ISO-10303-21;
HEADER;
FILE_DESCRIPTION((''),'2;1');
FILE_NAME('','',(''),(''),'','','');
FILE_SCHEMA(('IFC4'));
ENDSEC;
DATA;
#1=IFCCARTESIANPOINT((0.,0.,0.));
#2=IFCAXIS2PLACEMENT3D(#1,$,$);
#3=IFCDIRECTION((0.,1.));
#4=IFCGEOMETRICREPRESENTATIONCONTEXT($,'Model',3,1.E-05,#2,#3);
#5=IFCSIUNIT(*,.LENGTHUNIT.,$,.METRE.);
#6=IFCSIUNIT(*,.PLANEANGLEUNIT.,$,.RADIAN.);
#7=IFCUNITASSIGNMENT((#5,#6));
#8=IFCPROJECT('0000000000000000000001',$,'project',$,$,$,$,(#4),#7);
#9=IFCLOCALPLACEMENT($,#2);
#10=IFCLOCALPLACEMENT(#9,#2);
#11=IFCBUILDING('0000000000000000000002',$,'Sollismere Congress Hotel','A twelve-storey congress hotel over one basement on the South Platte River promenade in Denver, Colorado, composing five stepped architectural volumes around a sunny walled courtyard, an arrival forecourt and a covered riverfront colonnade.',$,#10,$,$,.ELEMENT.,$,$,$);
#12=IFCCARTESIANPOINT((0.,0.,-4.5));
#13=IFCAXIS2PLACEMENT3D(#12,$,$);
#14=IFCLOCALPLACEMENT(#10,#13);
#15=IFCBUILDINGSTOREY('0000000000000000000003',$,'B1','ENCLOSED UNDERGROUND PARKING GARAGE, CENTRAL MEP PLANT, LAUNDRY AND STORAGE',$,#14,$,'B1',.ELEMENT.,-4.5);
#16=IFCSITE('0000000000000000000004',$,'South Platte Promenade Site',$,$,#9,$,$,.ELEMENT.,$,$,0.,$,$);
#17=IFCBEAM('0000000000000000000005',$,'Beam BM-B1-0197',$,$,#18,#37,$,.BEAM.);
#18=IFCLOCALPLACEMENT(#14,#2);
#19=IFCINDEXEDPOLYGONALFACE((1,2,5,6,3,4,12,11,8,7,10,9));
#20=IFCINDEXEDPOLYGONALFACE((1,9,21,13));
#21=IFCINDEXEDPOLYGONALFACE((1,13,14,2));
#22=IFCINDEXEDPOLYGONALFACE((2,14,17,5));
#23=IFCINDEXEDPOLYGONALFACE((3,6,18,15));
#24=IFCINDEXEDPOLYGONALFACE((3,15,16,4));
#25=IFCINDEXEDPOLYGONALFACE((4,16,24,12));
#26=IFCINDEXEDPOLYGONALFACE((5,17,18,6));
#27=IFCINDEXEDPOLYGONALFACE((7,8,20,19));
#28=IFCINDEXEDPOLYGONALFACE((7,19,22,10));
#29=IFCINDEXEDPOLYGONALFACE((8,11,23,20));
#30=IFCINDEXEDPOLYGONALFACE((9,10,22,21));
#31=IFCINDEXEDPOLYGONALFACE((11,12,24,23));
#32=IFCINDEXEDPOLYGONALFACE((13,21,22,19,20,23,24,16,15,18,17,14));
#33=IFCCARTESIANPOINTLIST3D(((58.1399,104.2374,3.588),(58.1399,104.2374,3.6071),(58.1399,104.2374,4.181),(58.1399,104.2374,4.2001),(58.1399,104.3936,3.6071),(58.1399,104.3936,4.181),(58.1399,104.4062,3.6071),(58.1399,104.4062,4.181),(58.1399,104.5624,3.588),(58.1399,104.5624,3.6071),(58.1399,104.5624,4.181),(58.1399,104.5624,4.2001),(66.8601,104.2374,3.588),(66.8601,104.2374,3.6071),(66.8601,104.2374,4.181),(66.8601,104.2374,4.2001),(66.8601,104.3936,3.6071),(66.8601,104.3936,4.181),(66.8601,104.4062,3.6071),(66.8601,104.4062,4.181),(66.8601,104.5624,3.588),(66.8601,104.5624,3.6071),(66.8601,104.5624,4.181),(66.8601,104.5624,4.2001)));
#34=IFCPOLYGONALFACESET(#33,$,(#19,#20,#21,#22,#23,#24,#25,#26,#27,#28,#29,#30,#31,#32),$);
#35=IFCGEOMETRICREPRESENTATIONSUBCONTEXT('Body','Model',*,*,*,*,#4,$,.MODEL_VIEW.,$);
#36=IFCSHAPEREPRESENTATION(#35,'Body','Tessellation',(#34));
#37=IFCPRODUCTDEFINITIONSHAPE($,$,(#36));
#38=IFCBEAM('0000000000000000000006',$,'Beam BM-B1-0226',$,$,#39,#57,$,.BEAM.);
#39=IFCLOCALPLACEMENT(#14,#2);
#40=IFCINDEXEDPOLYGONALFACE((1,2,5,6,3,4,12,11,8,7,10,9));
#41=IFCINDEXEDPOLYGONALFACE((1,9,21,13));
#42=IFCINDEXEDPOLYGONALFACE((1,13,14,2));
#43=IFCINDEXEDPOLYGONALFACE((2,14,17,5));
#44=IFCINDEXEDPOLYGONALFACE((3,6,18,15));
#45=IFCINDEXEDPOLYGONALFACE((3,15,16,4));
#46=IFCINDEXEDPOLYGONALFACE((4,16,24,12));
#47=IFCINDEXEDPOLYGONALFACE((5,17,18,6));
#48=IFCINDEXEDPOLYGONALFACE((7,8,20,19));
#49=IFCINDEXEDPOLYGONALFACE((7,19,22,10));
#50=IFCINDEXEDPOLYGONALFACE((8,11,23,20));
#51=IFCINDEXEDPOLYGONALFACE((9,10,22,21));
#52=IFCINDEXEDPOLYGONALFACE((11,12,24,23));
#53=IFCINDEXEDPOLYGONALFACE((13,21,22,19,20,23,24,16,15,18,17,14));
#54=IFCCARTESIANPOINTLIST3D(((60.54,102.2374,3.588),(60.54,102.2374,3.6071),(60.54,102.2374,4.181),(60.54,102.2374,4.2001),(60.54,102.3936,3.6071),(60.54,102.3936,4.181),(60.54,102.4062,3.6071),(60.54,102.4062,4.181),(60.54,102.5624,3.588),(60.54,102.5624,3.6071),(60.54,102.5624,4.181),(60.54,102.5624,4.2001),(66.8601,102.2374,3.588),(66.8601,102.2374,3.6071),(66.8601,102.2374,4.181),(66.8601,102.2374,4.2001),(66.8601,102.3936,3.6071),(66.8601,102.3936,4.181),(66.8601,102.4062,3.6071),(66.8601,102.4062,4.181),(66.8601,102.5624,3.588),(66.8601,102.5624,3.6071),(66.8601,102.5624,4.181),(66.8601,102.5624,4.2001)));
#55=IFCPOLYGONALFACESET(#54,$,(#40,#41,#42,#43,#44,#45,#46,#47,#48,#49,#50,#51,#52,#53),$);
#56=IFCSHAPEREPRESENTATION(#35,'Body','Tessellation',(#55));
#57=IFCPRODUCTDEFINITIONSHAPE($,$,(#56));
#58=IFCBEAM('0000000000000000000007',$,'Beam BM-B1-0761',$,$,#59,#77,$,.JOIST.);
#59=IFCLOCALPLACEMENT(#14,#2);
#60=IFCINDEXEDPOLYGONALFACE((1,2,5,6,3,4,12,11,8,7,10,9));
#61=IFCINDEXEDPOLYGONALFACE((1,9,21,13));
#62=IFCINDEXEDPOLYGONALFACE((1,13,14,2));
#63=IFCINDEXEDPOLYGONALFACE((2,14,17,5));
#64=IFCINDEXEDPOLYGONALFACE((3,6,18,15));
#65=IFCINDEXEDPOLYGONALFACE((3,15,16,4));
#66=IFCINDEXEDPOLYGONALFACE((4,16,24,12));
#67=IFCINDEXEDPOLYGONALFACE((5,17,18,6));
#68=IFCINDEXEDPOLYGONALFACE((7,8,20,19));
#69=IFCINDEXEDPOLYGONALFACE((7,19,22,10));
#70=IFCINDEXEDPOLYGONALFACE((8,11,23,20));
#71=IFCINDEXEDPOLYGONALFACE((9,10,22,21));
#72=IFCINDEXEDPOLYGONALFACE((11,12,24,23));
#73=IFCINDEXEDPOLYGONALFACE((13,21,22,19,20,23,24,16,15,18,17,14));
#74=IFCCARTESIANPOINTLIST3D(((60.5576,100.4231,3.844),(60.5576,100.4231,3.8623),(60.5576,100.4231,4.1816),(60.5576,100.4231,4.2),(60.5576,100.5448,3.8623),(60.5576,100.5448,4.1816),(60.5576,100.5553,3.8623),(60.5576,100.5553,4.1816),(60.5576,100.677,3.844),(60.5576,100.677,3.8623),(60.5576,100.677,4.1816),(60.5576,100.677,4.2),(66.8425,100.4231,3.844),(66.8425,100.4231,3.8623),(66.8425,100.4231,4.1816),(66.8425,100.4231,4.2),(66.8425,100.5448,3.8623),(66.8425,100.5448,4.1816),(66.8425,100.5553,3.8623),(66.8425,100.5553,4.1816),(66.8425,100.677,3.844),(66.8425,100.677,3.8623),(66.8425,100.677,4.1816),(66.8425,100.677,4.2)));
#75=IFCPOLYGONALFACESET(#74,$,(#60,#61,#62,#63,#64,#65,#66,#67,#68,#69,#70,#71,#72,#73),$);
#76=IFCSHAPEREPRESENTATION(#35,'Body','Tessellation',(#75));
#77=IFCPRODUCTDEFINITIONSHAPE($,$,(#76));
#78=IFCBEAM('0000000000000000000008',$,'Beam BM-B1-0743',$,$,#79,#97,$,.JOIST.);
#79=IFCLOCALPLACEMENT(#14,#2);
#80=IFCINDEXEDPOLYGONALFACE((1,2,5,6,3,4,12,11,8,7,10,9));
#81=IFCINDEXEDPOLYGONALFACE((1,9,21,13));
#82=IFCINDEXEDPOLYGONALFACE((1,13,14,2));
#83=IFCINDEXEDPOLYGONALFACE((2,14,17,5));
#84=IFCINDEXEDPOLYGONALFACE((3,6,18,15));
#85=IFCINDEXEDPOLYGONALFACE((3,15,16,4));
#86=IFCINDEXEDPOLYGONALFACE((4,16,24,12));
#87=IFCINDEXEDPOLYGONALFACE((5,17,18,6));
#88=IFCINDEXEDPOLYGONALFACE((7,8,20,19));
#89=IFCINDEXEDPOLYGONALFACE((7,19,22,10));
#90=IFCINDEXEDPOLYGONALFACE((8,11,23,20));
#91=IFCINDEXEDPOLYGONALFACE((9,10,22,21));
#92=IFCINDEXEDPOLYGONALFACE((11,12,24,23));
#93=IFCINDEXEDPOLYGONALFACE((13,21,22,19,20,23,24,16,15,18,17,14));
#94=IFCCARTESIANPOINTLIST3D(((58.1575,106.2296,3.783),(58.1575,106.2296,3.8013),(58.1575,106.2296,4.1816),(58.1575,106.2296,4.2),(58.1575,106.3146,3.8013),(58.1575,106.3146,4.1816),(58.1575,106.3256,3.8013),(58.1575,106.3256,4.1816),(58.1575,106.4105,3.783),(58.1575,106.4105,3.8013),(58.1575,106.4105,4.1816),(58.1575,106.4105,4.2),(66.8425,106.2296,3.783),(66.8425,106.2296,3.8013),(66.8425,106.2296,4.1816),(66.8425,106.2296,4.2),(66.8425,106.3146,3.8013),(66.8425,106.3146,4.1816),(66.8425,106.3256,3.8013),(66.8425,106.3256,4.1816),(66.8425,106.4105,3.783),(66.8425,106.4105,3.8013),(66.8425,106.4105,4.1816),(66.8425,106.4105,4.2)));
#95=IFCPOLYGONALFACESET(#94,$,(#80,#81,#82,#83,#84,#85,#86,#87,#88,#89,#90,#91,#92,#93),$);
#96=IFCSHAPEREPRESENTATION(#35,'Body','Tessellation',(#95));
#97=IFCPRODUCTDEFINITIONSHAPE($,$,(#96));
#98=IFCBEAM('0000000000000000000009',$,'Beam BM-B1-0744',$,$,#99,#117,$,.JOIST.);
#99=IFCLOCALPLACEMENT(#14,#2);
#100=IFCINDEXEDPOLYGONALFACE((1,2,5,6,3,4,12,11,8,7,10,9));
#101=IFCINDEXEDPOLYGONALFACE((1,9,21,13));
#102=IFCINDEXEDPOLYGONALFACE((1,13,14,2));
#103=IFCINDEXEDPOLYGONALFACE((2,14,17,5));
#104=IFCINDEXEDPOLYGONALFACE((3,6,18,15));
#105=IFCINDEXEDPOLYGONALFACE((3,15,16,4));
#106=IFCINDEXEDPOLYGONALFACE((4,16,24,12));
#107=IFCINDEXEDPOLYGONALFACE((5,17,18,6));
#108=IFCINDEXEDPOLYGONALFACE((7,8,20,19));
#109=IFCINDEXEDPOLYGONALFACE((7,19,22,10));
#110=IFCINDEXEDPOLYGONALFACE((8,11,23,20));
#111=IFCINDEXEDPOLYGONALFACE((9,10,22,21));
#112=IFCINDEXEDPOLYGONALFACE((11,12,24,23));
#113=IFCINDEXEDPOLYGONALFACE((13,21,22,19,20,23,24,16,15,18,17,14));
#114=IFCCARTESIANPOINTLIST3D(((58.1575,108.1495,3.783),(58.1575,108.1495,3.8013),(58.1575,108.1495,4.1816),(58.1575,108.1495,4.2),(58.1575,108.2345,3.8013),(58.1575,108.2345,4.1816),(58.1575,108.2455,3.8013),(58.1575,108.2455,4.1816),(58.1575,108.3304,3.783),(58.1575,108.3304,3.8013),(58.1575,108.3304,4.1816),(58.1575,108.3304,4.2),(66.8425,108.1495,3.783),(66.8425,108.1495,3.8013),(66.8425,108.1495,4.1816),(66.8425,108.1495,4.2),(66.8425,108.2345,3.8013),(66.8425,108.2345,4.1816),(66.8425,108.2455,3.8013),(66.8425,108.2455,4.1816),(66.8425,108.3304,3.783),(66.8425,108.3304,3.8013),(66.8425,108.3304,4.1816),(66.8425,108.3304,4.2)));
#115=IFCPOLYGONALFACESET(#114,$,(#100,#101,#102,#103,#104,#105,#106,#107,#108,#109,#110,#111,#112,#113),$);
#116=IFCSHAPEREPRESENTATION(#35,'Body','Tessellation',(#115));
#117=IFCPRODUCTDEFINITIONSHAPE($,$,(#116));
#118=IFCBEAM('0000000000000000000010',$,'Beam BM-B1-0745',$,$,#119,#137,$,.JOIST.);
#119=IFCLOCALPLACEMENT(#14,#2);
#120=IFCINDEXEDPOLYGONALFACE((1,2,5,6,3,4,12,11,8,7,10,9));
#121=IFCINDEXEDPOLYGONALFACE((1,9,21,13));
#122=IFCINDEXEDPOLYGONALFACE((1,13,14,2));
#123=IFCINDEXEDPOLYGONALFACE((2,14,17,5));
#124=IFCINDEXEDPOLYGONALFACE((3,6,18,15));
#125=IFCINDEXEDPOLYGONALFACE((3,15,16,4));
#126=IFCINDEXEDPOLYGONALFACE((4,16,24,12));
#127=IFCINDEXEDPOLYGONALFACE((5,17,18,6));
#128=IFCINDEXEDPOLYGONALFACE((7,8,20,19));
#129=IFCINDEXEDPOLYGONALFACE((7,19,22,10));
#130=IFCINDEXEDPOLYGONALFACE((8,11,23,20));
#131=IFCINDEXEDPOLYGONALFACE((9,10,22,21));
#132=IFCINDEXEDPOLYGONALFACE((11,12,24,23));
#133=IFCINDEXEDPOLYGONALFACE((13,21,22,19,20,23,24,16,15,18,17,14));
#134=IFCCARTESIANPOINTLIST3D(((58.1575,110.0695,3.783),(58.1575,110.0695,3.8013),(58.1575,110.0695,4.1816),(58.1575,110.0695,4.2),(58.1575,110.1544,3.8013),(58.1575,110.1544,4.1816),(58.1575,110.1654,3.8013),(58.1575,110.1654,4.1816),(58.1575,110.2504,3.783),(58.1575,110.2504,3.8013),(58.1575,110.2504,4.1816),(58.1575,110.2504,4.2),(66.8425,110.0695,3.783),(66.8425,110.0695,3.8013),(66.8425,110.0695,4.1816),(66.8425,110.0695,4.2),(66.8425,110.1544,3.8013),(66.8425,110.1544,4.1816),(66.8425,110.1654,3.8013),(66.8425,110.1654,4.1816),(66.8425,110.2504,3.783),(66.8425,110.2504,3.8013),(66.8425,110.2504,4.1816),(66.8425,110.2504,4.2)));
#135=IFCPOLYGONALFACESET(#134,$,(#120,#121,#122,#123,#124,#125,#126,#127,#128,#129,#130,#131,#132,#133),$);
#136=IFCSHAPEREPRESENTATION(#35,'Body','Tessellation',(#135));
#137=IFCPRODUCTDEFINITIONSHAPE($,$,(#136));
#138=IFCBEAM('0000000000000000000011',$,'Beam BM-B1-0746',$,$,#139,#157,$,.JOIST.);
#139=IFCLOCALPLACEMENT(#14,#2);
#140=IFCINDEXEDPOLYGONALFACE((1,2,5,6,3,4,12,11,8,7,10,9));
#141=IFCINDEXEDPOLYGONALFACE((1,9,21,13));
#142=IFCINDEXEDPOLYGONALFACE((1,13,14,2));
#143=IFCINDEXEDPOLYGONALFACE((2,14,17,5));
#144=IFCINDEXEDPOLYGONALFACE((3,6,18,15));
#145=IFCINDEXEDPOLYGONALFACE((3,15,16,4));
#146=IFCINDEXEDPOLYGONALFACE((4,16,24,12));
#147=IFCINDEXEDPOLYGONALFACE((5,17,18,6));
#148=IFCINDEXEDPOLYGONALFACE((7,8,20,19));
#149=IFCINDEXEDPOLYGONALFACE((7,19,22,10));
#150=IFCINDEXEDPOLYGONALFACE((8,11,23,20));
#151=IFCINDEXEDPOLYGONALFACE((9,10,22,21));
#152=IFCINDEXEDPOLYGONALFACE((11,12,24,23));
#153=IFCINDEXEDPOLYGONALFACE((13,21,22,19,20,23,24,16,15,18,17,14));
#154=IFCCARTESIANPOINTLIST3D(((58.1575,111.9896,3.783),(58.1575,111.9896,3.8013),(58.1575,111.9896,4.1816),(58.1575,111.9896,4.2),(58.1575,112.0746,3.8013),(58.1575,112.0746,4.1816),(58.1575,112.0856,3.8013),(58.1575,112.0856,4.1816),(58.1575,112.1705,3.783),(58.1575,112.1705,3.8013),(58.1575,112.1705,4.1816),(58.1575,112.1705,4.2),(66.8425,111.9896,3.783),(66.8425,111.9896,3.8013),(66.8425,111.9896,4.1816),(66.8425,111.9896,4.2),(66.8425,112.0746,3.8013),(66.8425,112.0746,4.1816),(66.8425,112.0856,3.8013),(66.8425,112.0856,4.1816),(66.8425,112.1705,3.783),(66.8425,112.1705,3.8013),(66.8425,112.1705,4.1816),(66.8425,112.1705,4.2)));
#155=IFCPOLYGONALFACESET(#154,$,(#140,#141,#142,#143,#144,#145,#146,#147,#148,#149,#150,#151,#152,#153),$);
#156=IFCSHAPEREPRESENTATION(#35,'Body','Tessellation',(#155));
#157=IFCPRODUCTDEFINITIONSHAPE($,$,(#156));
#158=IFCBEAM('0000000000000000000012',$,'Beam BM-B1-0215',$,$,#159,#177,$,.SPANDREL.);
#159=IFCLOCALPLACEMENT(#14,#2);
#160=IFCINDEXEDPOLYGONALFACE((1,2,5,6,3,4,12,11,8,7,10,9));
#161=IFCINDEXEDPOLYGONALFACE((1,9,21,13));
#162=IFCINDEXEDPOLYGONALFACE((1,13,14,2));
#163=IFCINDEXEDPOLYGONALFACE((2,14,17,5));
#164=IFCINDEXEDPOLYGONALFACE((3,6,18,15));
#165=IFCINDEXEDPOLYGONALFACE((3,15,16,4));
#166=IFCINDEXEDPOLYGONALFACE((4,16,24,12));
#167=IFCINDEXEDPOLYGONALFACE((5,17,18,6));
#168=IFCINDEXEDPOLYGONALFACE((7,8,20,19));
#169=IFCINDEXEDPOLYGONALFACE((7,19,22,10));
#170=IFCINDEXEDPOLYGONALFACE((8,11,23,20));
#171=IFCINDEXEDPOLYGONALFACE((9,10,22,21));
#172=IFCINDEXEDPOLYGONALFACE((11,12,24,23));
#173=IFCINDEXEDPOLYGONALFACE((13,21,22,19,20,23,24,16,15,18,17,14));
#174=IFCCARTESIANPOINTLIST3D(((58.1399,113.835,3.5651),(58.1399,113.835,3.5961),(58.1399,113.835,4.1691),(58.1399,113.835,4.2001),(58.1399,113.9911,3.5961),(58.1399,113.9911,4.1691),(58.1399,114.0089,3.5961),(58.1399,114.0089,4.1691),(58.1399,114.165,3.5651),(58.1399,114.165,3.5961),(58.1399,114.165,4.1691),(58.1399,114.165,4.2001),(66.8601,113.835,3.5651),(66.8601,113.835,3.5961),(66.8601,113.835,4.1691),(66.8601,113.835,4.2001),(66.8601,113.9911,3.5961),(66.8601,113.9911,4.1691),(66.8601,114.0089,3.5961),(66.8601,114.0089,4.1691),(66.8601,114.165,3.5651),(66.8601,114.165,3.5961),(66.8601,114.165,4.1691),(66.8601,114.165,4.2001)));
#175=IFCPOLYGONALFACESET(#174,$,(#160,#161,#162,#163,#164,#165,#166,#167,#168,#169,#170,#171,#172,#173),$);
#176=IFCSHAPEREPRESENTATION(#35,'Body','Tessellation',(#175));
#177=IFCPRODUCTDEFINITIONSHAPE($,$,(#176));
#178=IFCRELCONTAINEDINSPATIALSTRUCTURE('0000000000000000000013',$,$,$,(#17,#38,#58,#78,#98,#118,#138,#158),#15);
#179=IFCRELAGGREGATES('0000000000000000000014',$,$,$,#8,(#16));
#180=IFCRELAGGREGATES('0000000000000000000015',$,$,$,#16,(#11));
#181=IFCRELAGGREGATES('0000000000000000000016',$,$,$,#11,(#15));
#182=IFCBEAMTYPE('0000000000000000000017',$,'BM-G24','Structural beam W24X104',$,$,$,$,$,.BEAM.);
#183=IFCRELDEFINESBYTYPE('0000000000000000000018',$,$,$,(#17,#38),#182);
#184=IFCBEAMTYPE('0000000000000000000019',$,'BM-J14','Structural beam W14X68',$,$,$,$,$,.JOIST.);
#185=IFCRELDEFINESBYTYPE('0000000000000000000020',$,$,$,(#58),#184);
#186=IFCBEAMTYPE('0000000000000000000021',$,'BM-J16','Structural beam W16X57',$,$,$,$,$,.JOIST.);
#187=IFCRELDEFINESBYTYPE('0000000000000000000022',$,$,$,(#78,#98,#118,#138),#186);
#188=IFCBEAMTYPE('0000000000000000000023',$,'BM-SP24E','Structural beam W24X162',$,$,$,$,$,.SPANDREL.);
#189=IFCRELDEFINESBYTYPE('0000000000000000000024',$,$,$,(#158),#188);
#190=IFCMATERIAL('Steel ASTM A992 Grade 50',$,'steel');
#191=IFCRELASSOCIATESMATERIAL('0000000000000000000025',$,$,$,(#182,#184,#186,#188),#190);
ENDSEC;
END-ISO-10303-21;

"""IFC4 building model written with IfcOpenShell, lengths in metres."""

from ifc_helpers import new_model, si_unit, direction, frame, origin, origin_2d, place, context, subcontext, project, spatial, i_section, extrude, material, material_profile, profile_set, type_object, element, save


model = new_model("IFC4")

# Units and contexts
model_context = context("Model", 3, precision=1e-05, world=origin(), true_north=direction((0.0, 1.0)))
body_context = subcontext(model_context, "Body", "Model", "MODEL_VIEW")
ifc_project = project(units=[si_unit("LENGTHUNIT", "METRE"), si_unit("PLANEANGLEUNIT", "RADIAN")], contexts=[model_context])

# Site, building, storey
site_placement = place(None, origin())
site = spatial("IfcSite", under=ifc_project, at=site_placement, Name="South Platte Promenade Site", CompositionType="ELEMENT", RefElevation=0.0)
building_placement = place(site_placement, origin())
building = spatial("IfcBuilding", under=site, at=building_placement, Name="Sollismere Congress Hotel", Description="A twelve-storey congress hotel over one basement on the South Platte River promenade in Denver, Colorado, composing five stepped architectural volumes around a sunny walled courtyard, an arrival forecourt and a covered riverfront colonnade.", CompositionType="ELEMENT")
storey_placement = place(building_placement, frame((0.0, 0.0, -4.5)))
storey = spatial("IfcBuildingStorey", under=building, at=storey_placement, Name="B1", Description="ENCLOSED UNDERGROUND PARKING GARAGE, CENTRAL MEP PLANT, LAUNDRY AND STORAGE", LongName="B1", CompositionType="ELEMENT", Elevation=-4.5)

# Beams
ifc_material_1 = material(Name="Steel ASTM A992 Grade 50", Category="steel")
ifc_material_profile_1 = material_profile(ifc_material_1, i_section(OverallWidth=0.325, OverallDepth=0.6121, WebThickness=0.0127, FlangeThickness=0.019, at=origin_2d()), Name="W24X104")
ifc_profile_set_1 = profile_set([ifc_material_profile_1], Name="Steel ASTM A992 Grade 50")
beam_type_1 = type_object("IfcBeamType", Name="BM-G24", Description="Structural beam W24X104", PredefinedType="BEAM", material=ifc_profile_set_1)
beam_1_placement = place(storey_placement, frame((58.1399, 104.3999, 3.894), z_axis=(1.0, 0.0, 0.0), x_axis=(0.0, 1.0, 0.0)))
element("IfcBeam", 1, at=beam_1_placement, inside=storey, type_object=beam_type_1, Name="Beam BM-B1-0197", PredefinedType="BEAM", context=body_context, shape_type="SweptSolid", body=[
    extrude(i_section(OverallWidth=0.325, OverallDepth=0.6121, WebThickness=0.0127, FlangeThickness=0.019, at=origin_2d()), origin(), (0.0, 0.0, 1.0), 8.7202),
])
beam_2_placement = place(storey_placement, frame((60.54, 102.3999, 3.894), z_axis=(1.0, 0.0, 0.0), x_axis=(0.0, 1.0, 0.0)))
element("IfcBeam", 2, at=beam_2_placement, inside=storey, type_object=beam_type_1, Name="Beam BM-B1-0226", PredefinedType="BEAM", context=body_context, shape_type="SweptSolid", body=[
    extrude(i_section(OverallWidth=0.325, OverallDepth=0.6121, WebThickness=0.0127, FlangeThickness=0.019, at=origin_2d()), origin(), (0.0, 0.0, 1.0), 6.3201),
])
ifc_material_profile_2 = material_profile(ifc_material_1, i_section(OverallWidth=0.2539, OverallDepth=0.356, WebThickness=0.0105, FlangeThickness=0.0183, at=origin_2d()), Name="W14X68")
ifc_profile_set_2 = profile_set([ifc_material_profile_2], Name="Steel ASTM A992 Grade 50")
beam_type_2 = type_object("IfcBeamType", Name="BM-J14", Description="Structural beam W14X68", PredefinedType="JOIST", material=ifc_profile_set_2)
beam_3_placement = place(storey_placement, frame((60.5576, 100.55, 4.022), z_axis=(1.0, 0.0, 0.0), x_axis=(0.0, 1.0, 0.0)))
element("IfcBeam", 3, at=beam_3_placement, inside=storey, type_object=beam_type_2, Name="Beam BM-B1-0761", PredefinedType="JOIST", context=body_context, shape_type="SweptSolid", body=[
    extrude(i_section(OverallWidth=0.2539, OverallDepth=0.356, WebThickness=0.0105, FlangeThickness=0.0183, at=origin_2d()), origin(), (0.0, 0.0, 1.0), 6.2849),
])
ifc_material_profile_3 = material_profile(ifc_material_1, i_section(OverallWidth=0.1809, OverallDepth=0.417, WebThickness=0.011, FlangeThickness=0.0183, at=origin_2d()), Name="W16X57")
ifc_profile_set_3 = profile_set([ifc_material_profile_3], Name="Steel ASTM A992 Grade 50")
beam_type_3 = type_object("IfcBeamType", Name="BM-J16", Description="Structural beam W16X57", PredefinedType="JOIST", material=ifc_profile_set_3)
for number, where, z_axis, x_axis, name in (
    (4, (58.1575, 106.3201, 3.9915), (1.0, 0.0, 0.0), (0.0, 1.0, 0.0), "Beam BM-B1-0743"),
    (5, (58.1575, 108.24, 3.9915), (1.0, 0.0, 0.0), (0.0, 1.0, 0.0), "Beam BM-B1-0744"),
    (6, (58.1575, 110.1599, 3.9915), (1.0, 0.0, 0.0), (0.0, 1.0, 0.0), "Beam BM-B1-0745"),
    (7, (58.1575, 112.0801, 3.9915), (1.0, 0.0, 0.0), (0.0, 1.0, 0.0), "Beam BM-B1-0746"),
):
    element("IfcBeam", number, at=place(storey_placement, frame(where, z_axis=z_axis, x_axis=x_axis)), inside=storey, type_object=beam_type_3, Name=name, PredefinedType="JOIST", context=body_context, shape_type="SweptSolid", body=[
        extrude(i_section(OverallWidth=0.1809, OverallDepth=0.417, WebThickness=0.011, FlangeThickness=0.0183, at=origin_2d()), origin(), (0.0, 0.0, 1.0), 8.6851),
    ])
ifc_material_profile_4 = material_profile(ifc_material_1, i_section(OverallWidth=0.3301, OverallDepth=0.635, WebThickness=0.0178, FlangeThickness=0.031, at=origin_2d()), Name="W24X162")
ifc_profile_set_4 = profile_set([ifc_material_profile_4], Name="Steel ASTM A992 Grade 50")
beam_type_4 = type_object("IfcBeamType", Name="BM-SP24E", Description="Structural beam W24X162", PredefinedType="SPANDREL", material=ifc_profile_set_4)
beam_4_placement = place(storey_placement, frame((58.1399, 114.0, 3.8826), z_axis=(1.0, 0.0, 0.0), x_axis=(0.0, 1.0, 0.0)))
element("IfcBeam", 8, at=beam_4_placement, inside=storey, type_object=beam_type_4, Name="Beam BM-B1-0215", PredefinedType="SPANDREL", context=body_context, shape_type="SweptSolid", body=[
    extrude(i_section(OverallWidth=0.3301, OverallDepth=0.635, WebThickness=0.0178, FlangeThickness=0.031, at=origin_2d()), origin(), (0.0, 0.0, 1.0), 8.7202),
])

save(model, "model.ifc")
